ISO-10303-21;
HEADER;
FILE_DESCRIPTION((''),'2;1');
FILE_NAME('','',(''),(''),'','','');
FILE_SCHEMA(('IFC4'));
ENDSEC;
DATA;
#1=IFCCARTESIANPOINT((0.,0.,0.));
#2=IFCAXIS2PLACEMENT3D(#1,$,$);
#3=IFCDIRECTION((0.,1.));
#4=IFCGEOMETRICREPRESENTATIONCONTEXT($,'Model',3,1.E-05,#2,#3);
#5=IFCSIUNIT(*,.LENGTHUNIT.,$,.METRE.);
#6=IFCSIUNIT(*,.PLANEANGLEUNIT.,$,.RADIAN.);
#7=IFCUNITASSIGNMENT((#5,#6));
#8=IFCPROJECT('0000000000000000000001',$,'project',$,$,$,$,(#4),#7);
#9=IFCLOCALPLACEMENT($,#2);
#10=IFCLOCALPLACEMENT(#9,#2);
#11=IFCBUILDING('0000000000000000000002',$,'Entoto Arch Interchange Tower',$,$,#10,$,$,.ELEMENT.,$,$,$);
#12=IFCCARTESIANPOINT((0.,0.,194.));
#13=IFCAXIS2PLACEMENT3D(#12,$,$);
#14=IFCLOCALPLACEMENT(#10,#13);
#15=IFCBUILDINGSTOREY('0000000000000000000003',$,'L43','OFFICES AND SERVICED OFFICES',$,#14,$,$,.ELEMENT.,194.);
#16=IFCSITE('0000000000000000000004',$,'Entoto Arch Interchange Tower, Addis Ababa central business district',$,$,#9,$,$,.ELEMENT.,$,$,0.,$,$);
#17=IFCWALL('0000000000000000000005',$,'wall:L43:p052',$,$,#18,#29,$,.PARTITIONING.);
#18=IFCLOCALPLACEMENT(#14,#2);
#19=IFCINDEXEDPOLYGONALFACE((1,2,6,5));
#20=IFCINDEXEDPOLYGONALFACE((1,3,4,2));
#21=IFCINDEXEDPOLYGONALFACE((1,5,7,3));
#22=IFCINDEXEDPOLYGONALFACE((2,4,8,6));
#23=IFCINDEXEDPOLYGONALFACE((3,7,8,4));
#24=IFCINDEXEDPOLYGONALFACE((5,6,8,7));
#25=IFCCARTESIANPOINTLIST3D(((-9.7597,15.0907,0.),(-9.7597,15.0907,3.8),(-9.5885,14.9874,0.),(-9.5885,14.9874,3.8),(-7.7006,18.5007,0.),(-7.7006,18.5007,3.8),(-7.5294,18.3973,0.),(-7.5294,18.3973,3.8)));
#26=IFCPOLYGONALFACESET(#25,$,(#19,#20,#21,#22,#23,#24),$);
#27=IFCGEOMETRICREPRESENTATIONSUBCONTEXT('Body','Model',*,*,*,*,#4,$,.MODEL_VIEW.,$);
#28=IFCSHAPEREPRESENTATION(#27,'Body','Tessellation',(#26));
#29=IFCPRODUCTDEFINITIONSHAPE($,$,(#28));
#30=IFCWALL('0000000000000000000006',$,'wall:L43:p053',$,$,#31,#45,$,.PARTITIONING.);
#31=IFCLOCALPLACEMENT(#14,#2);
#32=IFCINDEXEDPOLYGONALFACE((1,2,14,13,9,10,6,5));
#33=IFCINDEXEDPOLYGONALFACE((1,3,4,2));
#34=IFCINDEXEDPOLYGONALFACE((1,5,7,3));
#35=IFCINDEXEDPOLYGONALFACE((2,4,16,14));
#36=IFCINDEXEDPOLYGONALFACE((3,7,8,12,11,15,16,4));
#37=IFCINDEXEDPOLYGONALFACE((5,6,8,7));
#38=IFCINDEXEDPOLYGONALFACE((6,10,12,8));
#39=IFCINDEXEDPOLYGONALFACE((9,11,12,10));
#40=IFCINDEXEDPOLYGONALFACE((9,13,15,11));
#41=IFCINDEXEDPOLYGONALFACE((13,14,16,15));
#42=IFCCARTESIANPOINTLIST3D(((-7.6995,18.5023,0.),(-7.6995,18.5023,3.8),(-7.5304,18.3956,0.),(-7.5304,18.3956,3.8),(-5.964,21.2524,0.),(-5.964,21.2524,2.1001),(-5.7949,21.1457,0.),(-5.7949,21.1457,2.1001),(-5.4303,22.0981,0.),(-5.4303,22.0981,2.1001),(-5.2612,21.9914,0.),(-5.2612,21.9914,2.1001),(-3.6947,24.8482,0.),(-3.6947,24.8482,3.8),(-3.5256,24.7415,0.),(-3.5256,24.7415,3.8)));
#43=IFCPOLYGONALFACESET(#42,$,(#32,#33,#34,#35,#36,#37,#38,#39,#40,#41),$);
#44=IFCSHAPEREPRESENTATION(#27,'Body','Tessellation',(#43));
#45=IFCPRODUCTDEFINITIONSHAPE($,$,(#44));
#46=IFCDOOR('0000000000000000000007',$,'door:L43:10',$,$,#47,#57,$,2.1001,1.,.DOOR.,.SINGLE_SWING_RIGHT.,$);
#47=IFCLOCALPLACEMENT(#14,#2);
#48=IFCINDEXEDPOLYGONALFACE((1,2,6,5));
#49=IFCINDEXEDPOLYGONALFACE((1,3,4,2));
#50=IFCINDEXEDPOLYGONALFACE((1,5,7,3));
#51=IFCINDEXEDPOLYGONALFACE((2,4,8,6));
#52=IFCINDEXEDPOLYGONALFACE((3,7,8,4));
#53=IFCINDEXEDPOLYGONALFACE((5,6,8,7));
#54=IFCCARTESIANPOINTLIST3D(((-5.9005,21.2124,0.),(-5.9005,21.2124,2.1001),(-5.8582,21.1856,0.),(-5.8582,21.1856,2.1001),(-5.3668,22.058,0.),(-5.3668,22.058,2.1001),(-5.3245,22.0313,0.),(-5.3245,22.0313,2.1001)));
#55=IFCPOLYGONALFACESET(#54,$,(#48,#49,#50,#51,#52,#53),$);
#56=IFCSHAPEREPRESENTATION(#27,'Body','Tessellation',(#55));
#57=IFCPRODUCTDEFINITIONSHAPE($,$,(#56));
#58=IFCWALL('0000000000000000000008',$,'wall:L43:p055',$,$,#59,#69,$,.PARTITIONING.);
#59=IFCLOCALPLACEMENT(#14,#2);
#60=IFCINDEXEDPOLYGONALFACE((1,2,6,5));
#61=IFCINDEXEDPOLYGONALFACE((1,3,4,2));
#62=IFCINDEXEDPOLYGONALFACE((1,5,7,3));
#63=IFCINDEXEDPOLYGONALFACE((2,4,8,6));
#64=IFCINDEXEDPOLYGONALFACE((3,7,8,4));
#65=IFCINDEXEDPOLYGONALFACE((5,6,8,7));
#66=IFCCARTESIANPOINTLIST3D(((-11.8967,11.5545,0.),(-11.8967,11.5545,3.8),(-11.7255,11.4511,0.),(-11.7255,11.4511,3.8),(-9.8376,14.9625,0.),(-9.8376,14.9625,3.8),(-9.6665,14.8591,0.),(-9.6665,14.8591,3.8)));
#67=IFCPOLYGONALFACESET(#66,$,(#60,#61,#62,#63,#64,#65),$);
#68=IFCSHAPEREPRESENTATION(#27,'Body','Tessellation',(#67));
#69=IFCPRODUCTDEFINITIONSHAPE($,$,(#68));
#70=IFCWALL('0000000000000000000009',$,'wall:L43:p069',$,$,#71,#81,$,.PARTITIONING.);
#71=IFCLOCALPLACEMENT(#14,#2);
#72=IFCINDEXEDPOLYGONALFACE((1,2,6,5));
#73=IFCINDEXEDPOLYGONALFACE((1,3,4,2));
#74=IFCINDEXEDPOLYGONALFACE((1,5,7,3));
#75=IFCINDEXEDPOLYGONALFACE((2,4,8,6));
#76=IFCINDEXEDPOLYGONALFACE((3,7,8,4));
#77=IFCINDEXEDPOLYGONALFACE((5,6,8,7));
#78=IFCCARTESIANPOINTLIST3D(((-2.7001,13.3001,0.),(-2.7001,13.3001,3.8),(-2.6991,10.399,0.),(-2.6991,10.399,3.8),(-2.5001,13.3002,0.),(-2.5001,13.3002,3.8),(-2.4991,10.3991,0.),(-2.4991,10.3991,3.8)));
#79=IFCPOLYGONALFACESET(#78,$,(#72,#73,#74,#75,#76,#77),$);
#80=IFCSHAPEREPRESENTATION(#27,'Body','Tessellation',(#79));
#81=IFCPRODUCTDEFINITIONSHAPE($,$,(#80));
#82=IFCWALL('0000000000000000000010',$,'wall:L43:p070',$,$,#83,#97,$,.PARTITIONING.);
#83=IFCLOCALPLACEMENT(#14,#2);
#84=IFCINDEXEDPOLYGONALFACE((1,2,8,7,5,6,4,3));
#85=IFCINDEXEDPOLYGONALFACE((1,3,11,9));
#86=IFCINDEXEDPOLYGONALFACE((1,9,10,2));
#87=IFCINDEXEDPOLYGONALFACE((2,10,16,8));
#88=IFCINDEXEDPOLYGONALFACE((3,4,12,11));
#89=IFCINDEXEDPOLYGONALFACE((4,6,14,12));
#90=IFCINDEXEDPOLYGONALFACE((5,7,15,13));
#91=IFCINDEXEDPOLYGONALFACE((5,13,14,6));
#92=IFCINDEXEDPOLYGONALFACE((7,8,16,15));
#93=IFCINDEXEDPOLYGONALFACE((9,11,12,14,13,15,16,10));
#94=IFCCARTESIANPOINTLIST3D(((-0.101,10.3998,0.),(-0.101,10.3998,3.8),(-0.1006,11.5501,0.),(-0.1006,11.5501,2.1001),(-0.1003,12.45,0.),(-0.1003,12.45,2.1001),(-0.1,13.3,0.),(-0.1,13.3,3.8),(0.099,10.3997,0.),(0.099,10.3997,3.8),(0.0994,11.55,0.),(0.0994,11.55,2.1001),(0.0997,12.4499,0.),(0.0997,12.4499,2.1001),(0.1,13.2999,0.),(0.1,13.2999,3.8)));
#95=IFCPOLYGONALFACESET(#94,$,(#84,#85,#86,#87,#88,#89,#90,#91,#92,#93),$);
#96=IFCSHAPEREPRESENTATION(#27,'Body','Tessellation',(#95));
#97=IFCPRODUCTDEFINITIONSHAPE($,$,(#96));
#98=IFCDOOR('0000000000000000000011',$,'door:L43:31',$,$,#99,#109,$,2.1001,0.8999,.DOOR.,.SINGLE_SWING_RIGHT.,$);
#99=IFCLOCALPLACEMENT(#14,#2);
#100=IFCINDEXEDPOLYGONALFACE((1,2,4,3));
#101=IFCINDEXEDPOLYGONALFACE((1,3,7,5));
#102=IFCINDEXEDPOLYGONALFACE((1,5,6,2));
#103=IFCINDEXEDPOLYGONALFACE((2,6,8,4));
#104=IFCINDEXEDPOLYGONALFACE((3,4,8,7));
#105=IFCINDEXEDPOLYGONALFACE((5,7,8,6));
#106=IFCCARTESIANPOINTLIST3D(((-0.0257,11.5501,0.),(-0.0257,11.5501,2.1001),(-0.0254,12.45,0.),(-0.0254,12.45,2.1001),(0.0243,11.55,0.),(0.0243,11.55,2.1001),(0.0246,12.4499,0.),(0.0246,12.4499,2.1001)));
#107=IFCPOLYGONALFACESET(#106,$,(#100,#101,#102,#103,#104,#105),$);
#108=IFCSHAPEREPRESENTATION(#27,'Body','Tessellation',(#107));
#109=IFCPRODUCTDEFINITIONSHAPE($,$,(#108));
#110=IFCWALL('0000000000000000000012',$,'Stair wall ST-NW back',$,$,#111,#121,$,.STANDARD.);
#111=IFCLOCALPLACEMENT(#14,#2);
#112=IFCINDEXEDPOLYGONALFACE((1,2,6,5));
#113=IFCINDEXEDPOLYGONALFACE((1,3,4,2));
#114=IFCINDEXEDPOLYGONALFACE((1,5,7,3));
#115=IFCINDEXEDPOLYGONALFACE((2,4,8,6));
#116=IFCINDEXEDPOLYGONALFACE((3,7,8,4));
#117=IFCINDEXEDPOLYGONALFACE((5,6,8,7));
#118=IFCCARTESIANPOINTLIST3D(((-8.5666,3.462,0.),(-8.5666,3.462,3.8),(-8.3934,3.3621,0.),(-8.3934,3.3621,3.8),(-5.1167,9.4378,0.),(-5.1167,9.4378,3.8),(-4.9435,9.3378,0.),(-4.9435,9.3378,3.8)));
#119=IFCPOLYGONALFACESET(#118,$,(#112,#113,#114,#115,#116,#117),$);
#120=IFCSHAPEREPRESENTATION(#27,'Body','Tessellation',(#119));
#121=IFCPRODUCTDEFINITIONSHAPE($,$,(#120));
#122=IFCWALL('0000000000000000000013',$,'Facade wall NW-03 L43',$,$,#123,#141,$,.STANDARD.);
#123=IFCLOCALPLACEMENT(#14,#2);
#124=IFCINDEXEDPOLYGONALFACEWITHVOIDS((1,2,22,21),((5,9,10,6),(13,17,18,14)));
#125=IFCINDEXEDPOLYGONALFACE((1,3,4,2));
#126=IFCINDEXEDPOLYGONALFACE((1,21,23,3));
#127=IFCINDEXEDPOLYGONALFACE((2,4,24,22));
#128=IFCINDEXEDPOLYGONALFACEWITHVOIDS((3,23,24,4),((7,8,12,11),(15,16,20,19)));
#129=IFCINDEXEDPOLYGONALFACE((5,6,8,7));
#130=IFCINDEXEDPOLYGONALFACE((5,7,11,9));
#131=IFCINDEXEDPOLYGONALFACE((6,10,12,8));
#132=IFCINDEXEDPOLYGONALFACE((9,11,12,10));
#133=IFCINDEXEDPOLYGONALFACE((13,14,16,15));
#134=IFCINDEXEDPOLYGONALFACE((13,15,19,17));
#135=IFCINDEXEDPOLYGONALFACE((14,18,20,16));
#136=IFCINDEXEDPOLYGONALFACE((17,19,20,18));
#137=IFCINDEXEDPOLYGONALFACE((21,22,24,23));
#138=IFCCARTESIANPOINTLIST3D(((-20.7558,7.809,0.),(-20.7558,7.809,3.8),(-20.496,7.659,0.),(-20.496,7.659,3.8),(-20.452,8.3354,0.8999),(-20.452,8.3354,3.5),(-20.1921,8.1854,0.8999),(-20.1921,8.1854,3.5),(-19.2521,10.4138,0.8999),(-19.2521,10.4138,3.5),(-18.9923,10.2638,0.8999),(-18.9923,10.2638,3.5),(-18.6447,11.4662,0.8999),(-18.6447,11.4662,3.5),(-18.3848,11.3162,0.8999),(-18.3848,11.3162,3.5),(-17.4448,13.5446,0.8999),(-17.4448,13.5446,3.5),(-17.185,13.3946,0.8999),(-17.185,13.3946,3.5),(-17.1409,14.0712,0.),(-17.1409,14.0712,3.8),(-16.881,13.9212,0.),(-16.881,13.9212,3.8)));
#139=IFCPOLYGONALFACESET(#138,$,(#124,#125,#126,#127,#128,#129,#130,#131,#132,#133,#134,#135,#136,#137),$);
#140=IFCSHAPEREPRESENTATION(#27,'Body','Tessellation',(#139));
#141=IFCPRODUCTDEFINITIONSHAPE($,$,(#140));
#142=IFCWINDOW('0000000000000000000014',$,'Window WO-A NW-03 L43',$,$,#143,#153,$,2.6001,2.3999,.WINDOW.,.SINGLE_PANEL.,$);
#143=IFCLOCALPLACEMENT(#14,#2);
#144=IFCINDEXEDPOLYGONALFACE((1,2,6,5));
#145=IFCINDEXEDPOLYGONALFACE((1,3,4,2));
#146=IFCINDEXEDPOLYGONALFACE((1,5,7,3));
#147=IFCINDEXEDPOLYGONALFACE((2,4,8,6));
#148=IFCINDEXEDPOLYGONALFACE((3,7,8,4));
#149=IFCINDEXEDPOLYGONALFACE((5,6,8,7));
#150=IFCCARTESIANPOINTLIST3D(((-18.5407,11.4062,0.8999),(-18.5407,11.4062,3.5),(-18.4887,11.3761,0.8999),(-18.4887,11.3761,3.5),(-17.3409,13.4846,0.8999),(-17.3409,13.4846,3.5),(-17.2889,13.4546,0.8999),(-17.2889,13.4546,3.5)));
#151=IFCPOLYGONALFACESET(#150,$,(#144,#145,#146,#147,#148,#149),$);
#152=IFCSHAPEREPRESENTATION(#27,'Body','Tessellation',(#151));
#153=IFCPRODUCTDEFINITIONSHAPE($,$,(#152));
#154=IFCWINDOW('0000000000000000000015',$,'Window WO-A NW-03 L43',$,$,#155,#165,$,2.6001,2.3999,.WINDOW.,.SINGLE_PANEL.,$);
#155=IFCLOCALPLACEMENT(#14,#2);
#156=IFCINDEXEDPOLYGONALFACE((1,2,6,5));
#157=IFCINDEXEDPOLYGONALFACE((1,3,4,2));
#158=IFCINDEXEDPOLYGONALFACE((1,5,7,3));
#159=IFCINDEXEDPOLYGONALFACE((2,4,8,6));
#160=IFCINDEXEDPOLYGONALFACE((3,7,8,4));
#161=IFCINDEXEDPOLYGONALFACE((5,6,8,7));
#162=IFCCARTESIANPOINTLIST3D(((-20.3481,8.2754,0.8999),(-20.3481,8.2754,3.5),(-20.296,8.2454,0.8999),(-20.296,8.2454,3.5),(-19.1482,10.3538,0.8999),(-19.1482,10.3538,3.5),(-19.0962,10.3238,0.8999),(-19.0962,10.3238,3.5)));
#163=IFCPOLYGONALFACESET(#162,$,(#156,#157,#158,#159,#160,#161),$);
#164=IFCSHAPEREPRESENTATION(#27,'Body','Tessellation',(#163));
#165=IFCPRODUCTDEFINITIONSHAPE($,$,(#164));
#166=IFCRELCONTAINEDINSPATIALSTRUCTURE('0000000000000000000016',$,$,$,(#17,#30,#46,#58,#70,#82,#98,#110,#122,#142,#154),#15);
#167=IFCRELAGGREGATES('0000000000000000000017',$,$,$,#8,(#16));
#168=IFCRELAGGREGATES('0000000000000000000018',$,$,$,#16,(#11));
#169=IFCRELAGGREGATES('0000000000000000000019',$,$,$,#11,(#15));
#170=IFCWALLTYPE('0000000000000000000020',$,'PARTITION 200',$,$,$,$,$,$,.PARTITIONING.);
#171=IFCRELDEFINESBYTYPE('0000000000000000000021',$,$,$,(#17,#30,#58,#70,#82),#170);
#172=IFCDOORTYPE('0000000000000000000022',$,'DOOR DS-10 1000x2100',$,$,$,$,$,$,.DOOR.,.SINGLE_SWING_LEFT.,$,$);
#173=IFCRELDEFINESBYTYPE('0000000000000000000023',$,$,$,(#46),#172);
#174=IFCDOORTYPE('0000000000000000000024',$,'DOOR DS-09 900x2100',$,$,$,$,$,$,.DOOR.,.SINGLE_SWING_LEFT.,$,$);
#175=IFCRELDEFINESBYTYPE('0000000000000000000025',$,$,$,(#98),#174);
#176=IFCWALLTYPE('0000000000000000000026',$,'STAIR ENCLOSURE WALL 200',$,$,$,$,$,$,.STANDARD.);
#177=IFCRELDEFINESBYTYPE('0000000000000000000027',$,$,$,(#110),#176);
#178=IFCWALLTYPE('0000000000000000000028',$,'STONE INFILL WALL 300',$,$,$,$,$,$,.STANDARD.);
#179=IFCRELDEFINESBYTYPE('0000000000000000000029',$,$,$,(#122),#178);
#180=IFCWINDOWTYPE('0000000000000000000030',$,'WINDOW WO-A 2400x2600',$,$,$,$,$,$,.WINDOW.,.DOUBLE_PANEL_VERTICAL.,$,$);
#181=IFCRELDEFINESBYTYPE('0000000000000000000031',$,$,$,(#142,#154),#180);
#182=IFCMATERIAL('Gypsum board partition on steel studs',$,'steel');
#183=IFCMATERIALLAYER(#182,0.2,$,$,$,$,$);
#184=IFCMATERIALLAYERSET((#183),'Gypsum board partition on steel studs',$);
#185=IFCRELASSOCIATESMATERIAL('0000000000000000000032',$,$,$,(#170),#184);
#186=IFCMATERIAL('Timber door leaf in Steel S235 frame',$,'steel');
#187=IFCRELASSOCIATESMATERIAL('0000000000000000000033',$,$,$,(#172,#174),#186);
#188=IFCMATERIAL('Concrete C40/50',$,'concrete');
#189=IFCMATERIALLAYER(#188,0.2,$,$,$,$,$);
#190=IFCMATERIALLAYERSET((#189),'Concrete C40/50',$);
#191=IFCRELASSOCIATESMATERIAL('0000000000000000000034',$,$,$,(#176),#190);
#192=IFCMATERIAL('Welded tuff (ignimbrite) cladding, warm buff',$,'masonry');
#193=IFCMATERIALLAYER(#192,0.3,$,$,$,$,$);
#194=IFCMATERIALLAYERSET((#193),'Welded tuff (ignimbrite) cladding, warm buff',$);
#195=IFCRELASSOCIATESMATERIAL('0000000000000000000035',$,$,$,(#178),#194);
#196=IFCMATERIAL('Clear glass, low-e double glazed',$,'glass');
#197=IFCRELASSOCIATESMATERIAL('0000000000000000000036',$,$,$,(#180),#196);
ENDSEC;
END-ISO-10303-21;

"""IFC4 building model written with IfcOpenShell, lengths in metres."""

from ifc_helpers import new_model, si_unit, direction, frame, frame_2d, origin, place, context, subcontext, project, spatial, rectangle, extrude, material, layer, layer_set, type_object, element, fill, save


model = new_model("IFC4")

# Units and contexts
model_context = context("Model", 3, precision=1e-05, world=origin(), true_north=direction((0.0, 1.0)))
body_context = subcontext(model_context, "Body", "Model", "MODEL_VIEW")
ifc_project = project(units=[si_unit("LENGTHUNIT", "METRE"), si_unit("PLANEANGLEUNIT", "RADIAN")], contexts=[model_context])

# Site, building, storey
site_placement = place(None, origin())
site = spatial("IfcSite", under=ifc_project, at=site_placement, Name="Entoto Arch Interchange Tower, Addis Ababa central business district", CompositionType="ELEMENT", RefElevation=0.0)
building_placement = place(site_placement, origin())
building = spatial("IfcBuilding", under=site, at=building_placement, Name="Entoto Arch Interchange Tower", CompositionType="ELEMENT")
storey_placement = place(building_placement, frame((0.0, 0.0, 194.0)))
storey = spatial("IfcBuildingStorey", under=building, at=storey_placement, Name="L43", Description="OFFICES AND SERVICED OFFICES", CompositionType="ELEMENT", Elevation=194.0)

# Shared definitions
ifc_material_1 = material(Name="Concrete C40/50", Category="concrete")
ifc_material_2 = material(Name="Gypsum board partition on steel studs", Category="steel")

# Shared definitions
ifc_layer_1 = layer(ifc_material_2, 0.2)
ifc_layer_set_1 = layer_set([ifc_layer_1], Name="Gypsum board partition on steel studs")
wall_type_1 = type_object("IfcWallType", Name="PARTITION 200", PredefinedType="PARTITIONING", material=ifc_layer_set_1)
ifc_material_3 = material(Name="Timber door leaf in Steel S235 frame", Category="steel")
door_type_1 = type_object("IfcDoorType", Name="DOOR DS-10 1000x2100", OperationType="SINGLE_SWING_LEFT", PredefinedType="DOOR", material=ifc_material_3)

# Wall
wall_1_placement = place(storey_placement, frame((-9.6741, 15.0391, 0.0), z_axis=(0.0, 0.0, 1.0), x_axis=(0.516918, 0.856035, 0.0)))
element("IfcWall", 1, at=wall_1_placement, inside=storey, type_object=wall_type_1, Name="wall:L43:p052", PredefinedType="PARTITIONING", context=body_context, shape_type="SweptSolid", body=[
    extrude(rectangle(XDim=3.9834, YDim=0.2, at=frame_2d((1.9917, 0.0))), origin(), (0.0, 0.0, 1.0), 3.8),
])

# Wall, opening, door
wall_2_placement = place(storey_placement, frame((-7.615, 18.449, 0.0), z_axis=(0.0, 0.0, 1.0), x_axis=(0.533699, 0.845674, 0.0)))
wall_2 = element("IfcWall", 2, at=wall_2_placement, inside=storey, type_object=wall_type_1, Name="wall:L43:p053", PredefinedType="PARTITIONING", context=body_context, shape_type="SweptSolid", body=[
    extrude(rectangle(XDim=7.5039, YDim=0.2, at=frame_2d((3.752, 0.0))), origin(), (0.0, 0.0, 1.0), 3.8),
])
opening_1_placement = place(wall_2_placement, frame((3.252, 0.0, 0.0)))
opening_1 = element("IfcOpeningElement", 3, at=opening_1_placement, cuts=wall_2, PredefinedType="OPENING", context=body_context, shape_type="SweptSolid", body=[
    extrude(rectangle(XDim=1.0, YDim=2.1001, at=frame_2d((0.5, 1.05))), frame((0.0, 0.1099, 0.0), z_axis=(0.0, -1.0, 0.0), x_axis=(1.0, 0.0, 0.0)), (0.0, 0.0, 1.0), 0.22),
])
door_1_placement = place(opening_1_placement, origin())
door_1 = element("IfcDoor", 4, at=door_1_placement, inside=storey, type_object=door_type_1, Name="door:L43:10", OperationType="SINGLE_SWING_RIGHT", OverallHeight=2.1001, OverallWidth=1.0, PredefinedType="DOOR", context=body_context, shape_type="SweptSolid", body=[
    extrude(rectangle(XDim=1.0, YDim=2.1001, at=frame_2d((0.5, 1.05))), frame((0.0, 0.0249, 0.0), z_axis=(0.0, -1.0, 0.0), x_axis=(1.0, 0.0, 0.0)), (0.0, 0.0, 1.0), 0.05),
])
fill(opening_1, door_1)

# Walls
wall_3_placement = place(storey_placement, frame((-11.811, 11.5029, 0.0), z_axis=(0.0, 0.0, 1.0), x_axis=(0.517135, 0.855904, 0.0)))
element("IfcWall", 5, at=wall_3_placement, inside=storey, type_object=wall_type_1, Name="wall:L43:p055", PredefinedType="PARTITIONING", context=body_context, shape_type="SweptSolid", body=[
    extrude(rectangle(XDim=3.9817, YDim=0.2, at=frame_2d((1.9907, 0.0))), origin(), (0.0, 0.0, 1.0), 3.8),
])
wall_4_placement = place(storey_placement, frame((-2.5991, 10.3989, 0.0), z_axis=(0.0, 0.0, 1.0), x_axis=(-0.000337, 1.0, 0.0)))
element("IfcWall", 6, at=wall_4_placement, inside=storey, type_object=wall_type_1, Name="wall:L43:p069", PredefinedType="PARTITIONING", context=body_context, shape_type="SweptSolid", body=[
    extrude(rectangle(XDim=2.9011, YDim=0.2, at=frame_2d((1.4507, 0.0))), origin(), (0.0, 0.0, 1.0), 3.8),
])

# Wall, opening, door
wall_5_placement = place(storey_placement, frame((0.0, 13.3, 0.0), z_axis=(0.0, 0.0, 1.0), x_axis=(-0.000337, -1.0, 0.0)))
wall_5 = element("IfcWall", 7, at=wall_5_placement, inside=storey, type_object=wall_type_1, Name="wall:L43:p070", PredefinedType="PARTITIONING", context=body_context, shape_type="SweptSolid", body=[
    extrude(rectangle(XDim=2.9001, YDim=0.2, at=frame_2d((1.4502, 0.0))), origin(), (0.0, 0.0, 1.0), 3.8),
])
opening_2_placement = place(wall_5_placement, frame((0.8501, 0.0, 0.0)))
opening_2 = element("IfcOpeningElement", 8, at=opening_2_placement, cuts=wall_5, PredefinedType="OPENING", context=body_context, shape_type="SweptSolid", body=[
    extrude(rectangle(XDim=0.8999, YDim=2.1001, at=frame_2d((0.45, 1.05))), frame((0.0, 0.1099, 0.0), z_axis=(0.0, -1.0, 0.0), x_axis=(1.0, 0.0, 0.0)), (0.0, 0.0, 1.0), 0.22),
])
door_type_2 = type_object("IfcDoorType", Name="DOOR DS-09 900x2100", OperationType="SINGLE_SWING_LEFT", PredefinedType="DOOR", material=ifc_material_3)
door_2_placement = place(opening_2_placement, origin())
door_2 = element("IfcDoor", 9, at=door_2_placement, inside=storey, type_object=door_type_2, Name="door:L43:31", OperationType="SINGLE_SWING_RIGHT", OverallHeight=2.1001, OverallWidth=0.8999, PredefinedType="DOOR", context=body_context, shape_type="SweptSolid", body=[
    extrude(rectangle(XDim=0.8999, YDim=2.1001, at=frame_2d((0.45, 1.05))), frame((0.0, 0.0249, 0.0), z_axis=(0.0, -1.0, 0.0), x_axis=(1.0, 0.0, 0.0)), (0.0, 0.0, 1.0), 0.05),
])
fill(opening_2, door_2)

# Wall
ifc_layer_2 = layer(ifc_material_1, 0.2)
ifc_layer_set_2 = layer_set([ifc_layer_2], Name="Concrete C40/50")
wall_type_2 = type_object("IfcWallType", Name="STAIR ENCLOSURE WALL 200", PredefinedType="STANDARD", material=ifc_layer_set_2)
wall_6_placement = place(storey_placement, frame((-5.03, 9.3879, 0.0), z_axis=(0.0, 0.0, 1.0), x_axis=(-0.499979, -0.866038, 0.0)))
element("IfcWall", 10, at=wall_6_placement, inside=storey, type_object=wall_type_2, Name="Stair wall ST-NW back", PredefinedType="STANDARD", context=body_context, shape_type="SweptSolid", body=[
    extrude(rectangle(XDim=6.9001, YDim=0.2, at=frame_2d((3.4502, 0.0))), origin(), (0.0, 0.0, 1.0), 3.8),
])

# Wall, openings, windows
ifc_material_4 = material(Name="Welded tuff (ignimbrite) cladding, warm buff", Category="masonry")
ifc_layer_3 = layer(ifc_material_4, 0.3)
ifc_layer_set_3 = layer_set([ifc_layer_3], Name="Welded tuff (ignimbrite) cladding, warm buff")
wall_type_3 = type_object("IfcWallType", Name="STONE INFILL WALL 300", PredefinedType="STANDARD", material=ifc_layer_set_3)
wall_7_placement = place(storey_placement, frame((-17.011, 13.9961, 0.0), z_axis=(0.0, 0.0, 1.0), x_axis=(-0.499948, -0.866055, 0.0)))
wall_7 = element("IfcWall", 11, at=wall_7_placement, inside=storey, type_object=wall_type_3, Name="Facade wall NW-03 L43", PredefinedType="STANDARD", context=body_context, shape_type="SweptSolid", body=[
    extrude(rectangle(XDim=7.2307, YDim=0.3, at=frame_2d((3.6152, 0.0))), origin(), (0.0, 0.0, 1.0), 3.8),
])
opening_3_placement = place(wall_7_placement, frame((0.6079, 0.0, 0.8999)))
opening_3 = element("IfcOpeningElement", 12, at=opening_3_placement, cuts=wall_7, PredefinedType="OPENING", context=body_context, shape_type="SweptSolid", body=[
    extrude(rectangle(XDim=2.3999, YDim=2.6001, at=frame_2d((1.2, 1.3))), frame((0.0, 0.1602, 0.0), z_axis=(0.0, -1.0, 0.0), x_axis=(1.0, 0.0, 0.0)), (0.0, 0.0, 1.0), 0.3201),
])
opening_4_placement = place(wall_7_placement, frame((4.2229, 0.0, 0.8999)))
opening_4 = element("IfcOpeningElement", 13, at=opening_4_placement, cuts=wall_7, PredefinedType="OPENING", context=body_context, shape_type="SweptSolid", body=[
    extrude(rectangle(XDim=2.3999, YDim=2.6001, at=frame_2d((1.2, 1.3))), frame((0.0, 0.1602, 0.0), z_axis=(0.0, -1.0, 0.0), x_axis=(1.0, 0.0, 0.0)), (0.0, 0.0, 1.0), 0.3201),
])
ifc_material_5 = material(Name="Clear glass, low-e double glazed", Category="glass")
window_type = type_object("IfcWindowType", Name="WINDOW WO-A 2400x2600", PartitioningType="DOUBLE_PANEL_VERTICAL", PredefinedType="WINDOW", material=ifc_material_5)
window_1_placement = place(opening_3_placement, origin())
window_1 = element("IfcWindow", 14, at=window_1_placement, inside=storey, type_object=window_type, Name="Window WO-A NW-03 L43", OverallHeight=2.6001, OverallWidth=2.3999, PartitioningType="SINGLE_PANEL", PredefinedType="WINDOW", context=body_context, shape_type="SweptSolid", body=[
    extrude(rectangle(XDim=2.3999, YDim=2.6001, at=frame_2d((1.2, 1.3))), frame((0.0, 0.03, 0.0), z_axis=(0.0, -1.0, 0.0), x_axis=(1.0, 0.0, 0.0)), (0.0, 0.0, 1.0), 0.0601),
])
fill(opening_3, window_1)
window_2_placement = place(opening_4_placement, origin())
window_2 = element("IfcWindow", 15, at=window_2_placement, inside=storey, type_object=window_type, Name="Window WO-A NW-03 L43", OverallHeight=2.6001, OverallWidth=2.3999, PartitioningType="SINGLE_PANEL", PredefinedType="WINDOW", context=body_context, shape_type="SweptSolid", body=[
    extrude(rectangle(XDim=2.3999, YDim=2.6001, at=frame_2d((1.2, 1.3))), frame((0.0, 0.03, 0.0), z_axis=(0.0, -1.0, 0.0), x_axis=(1.0, 0.0, 0.0)), (0.0, 0.0, 1.0), 0.0601),
])
fill(opening_4, window_2)

save(model, "model.ifc")
